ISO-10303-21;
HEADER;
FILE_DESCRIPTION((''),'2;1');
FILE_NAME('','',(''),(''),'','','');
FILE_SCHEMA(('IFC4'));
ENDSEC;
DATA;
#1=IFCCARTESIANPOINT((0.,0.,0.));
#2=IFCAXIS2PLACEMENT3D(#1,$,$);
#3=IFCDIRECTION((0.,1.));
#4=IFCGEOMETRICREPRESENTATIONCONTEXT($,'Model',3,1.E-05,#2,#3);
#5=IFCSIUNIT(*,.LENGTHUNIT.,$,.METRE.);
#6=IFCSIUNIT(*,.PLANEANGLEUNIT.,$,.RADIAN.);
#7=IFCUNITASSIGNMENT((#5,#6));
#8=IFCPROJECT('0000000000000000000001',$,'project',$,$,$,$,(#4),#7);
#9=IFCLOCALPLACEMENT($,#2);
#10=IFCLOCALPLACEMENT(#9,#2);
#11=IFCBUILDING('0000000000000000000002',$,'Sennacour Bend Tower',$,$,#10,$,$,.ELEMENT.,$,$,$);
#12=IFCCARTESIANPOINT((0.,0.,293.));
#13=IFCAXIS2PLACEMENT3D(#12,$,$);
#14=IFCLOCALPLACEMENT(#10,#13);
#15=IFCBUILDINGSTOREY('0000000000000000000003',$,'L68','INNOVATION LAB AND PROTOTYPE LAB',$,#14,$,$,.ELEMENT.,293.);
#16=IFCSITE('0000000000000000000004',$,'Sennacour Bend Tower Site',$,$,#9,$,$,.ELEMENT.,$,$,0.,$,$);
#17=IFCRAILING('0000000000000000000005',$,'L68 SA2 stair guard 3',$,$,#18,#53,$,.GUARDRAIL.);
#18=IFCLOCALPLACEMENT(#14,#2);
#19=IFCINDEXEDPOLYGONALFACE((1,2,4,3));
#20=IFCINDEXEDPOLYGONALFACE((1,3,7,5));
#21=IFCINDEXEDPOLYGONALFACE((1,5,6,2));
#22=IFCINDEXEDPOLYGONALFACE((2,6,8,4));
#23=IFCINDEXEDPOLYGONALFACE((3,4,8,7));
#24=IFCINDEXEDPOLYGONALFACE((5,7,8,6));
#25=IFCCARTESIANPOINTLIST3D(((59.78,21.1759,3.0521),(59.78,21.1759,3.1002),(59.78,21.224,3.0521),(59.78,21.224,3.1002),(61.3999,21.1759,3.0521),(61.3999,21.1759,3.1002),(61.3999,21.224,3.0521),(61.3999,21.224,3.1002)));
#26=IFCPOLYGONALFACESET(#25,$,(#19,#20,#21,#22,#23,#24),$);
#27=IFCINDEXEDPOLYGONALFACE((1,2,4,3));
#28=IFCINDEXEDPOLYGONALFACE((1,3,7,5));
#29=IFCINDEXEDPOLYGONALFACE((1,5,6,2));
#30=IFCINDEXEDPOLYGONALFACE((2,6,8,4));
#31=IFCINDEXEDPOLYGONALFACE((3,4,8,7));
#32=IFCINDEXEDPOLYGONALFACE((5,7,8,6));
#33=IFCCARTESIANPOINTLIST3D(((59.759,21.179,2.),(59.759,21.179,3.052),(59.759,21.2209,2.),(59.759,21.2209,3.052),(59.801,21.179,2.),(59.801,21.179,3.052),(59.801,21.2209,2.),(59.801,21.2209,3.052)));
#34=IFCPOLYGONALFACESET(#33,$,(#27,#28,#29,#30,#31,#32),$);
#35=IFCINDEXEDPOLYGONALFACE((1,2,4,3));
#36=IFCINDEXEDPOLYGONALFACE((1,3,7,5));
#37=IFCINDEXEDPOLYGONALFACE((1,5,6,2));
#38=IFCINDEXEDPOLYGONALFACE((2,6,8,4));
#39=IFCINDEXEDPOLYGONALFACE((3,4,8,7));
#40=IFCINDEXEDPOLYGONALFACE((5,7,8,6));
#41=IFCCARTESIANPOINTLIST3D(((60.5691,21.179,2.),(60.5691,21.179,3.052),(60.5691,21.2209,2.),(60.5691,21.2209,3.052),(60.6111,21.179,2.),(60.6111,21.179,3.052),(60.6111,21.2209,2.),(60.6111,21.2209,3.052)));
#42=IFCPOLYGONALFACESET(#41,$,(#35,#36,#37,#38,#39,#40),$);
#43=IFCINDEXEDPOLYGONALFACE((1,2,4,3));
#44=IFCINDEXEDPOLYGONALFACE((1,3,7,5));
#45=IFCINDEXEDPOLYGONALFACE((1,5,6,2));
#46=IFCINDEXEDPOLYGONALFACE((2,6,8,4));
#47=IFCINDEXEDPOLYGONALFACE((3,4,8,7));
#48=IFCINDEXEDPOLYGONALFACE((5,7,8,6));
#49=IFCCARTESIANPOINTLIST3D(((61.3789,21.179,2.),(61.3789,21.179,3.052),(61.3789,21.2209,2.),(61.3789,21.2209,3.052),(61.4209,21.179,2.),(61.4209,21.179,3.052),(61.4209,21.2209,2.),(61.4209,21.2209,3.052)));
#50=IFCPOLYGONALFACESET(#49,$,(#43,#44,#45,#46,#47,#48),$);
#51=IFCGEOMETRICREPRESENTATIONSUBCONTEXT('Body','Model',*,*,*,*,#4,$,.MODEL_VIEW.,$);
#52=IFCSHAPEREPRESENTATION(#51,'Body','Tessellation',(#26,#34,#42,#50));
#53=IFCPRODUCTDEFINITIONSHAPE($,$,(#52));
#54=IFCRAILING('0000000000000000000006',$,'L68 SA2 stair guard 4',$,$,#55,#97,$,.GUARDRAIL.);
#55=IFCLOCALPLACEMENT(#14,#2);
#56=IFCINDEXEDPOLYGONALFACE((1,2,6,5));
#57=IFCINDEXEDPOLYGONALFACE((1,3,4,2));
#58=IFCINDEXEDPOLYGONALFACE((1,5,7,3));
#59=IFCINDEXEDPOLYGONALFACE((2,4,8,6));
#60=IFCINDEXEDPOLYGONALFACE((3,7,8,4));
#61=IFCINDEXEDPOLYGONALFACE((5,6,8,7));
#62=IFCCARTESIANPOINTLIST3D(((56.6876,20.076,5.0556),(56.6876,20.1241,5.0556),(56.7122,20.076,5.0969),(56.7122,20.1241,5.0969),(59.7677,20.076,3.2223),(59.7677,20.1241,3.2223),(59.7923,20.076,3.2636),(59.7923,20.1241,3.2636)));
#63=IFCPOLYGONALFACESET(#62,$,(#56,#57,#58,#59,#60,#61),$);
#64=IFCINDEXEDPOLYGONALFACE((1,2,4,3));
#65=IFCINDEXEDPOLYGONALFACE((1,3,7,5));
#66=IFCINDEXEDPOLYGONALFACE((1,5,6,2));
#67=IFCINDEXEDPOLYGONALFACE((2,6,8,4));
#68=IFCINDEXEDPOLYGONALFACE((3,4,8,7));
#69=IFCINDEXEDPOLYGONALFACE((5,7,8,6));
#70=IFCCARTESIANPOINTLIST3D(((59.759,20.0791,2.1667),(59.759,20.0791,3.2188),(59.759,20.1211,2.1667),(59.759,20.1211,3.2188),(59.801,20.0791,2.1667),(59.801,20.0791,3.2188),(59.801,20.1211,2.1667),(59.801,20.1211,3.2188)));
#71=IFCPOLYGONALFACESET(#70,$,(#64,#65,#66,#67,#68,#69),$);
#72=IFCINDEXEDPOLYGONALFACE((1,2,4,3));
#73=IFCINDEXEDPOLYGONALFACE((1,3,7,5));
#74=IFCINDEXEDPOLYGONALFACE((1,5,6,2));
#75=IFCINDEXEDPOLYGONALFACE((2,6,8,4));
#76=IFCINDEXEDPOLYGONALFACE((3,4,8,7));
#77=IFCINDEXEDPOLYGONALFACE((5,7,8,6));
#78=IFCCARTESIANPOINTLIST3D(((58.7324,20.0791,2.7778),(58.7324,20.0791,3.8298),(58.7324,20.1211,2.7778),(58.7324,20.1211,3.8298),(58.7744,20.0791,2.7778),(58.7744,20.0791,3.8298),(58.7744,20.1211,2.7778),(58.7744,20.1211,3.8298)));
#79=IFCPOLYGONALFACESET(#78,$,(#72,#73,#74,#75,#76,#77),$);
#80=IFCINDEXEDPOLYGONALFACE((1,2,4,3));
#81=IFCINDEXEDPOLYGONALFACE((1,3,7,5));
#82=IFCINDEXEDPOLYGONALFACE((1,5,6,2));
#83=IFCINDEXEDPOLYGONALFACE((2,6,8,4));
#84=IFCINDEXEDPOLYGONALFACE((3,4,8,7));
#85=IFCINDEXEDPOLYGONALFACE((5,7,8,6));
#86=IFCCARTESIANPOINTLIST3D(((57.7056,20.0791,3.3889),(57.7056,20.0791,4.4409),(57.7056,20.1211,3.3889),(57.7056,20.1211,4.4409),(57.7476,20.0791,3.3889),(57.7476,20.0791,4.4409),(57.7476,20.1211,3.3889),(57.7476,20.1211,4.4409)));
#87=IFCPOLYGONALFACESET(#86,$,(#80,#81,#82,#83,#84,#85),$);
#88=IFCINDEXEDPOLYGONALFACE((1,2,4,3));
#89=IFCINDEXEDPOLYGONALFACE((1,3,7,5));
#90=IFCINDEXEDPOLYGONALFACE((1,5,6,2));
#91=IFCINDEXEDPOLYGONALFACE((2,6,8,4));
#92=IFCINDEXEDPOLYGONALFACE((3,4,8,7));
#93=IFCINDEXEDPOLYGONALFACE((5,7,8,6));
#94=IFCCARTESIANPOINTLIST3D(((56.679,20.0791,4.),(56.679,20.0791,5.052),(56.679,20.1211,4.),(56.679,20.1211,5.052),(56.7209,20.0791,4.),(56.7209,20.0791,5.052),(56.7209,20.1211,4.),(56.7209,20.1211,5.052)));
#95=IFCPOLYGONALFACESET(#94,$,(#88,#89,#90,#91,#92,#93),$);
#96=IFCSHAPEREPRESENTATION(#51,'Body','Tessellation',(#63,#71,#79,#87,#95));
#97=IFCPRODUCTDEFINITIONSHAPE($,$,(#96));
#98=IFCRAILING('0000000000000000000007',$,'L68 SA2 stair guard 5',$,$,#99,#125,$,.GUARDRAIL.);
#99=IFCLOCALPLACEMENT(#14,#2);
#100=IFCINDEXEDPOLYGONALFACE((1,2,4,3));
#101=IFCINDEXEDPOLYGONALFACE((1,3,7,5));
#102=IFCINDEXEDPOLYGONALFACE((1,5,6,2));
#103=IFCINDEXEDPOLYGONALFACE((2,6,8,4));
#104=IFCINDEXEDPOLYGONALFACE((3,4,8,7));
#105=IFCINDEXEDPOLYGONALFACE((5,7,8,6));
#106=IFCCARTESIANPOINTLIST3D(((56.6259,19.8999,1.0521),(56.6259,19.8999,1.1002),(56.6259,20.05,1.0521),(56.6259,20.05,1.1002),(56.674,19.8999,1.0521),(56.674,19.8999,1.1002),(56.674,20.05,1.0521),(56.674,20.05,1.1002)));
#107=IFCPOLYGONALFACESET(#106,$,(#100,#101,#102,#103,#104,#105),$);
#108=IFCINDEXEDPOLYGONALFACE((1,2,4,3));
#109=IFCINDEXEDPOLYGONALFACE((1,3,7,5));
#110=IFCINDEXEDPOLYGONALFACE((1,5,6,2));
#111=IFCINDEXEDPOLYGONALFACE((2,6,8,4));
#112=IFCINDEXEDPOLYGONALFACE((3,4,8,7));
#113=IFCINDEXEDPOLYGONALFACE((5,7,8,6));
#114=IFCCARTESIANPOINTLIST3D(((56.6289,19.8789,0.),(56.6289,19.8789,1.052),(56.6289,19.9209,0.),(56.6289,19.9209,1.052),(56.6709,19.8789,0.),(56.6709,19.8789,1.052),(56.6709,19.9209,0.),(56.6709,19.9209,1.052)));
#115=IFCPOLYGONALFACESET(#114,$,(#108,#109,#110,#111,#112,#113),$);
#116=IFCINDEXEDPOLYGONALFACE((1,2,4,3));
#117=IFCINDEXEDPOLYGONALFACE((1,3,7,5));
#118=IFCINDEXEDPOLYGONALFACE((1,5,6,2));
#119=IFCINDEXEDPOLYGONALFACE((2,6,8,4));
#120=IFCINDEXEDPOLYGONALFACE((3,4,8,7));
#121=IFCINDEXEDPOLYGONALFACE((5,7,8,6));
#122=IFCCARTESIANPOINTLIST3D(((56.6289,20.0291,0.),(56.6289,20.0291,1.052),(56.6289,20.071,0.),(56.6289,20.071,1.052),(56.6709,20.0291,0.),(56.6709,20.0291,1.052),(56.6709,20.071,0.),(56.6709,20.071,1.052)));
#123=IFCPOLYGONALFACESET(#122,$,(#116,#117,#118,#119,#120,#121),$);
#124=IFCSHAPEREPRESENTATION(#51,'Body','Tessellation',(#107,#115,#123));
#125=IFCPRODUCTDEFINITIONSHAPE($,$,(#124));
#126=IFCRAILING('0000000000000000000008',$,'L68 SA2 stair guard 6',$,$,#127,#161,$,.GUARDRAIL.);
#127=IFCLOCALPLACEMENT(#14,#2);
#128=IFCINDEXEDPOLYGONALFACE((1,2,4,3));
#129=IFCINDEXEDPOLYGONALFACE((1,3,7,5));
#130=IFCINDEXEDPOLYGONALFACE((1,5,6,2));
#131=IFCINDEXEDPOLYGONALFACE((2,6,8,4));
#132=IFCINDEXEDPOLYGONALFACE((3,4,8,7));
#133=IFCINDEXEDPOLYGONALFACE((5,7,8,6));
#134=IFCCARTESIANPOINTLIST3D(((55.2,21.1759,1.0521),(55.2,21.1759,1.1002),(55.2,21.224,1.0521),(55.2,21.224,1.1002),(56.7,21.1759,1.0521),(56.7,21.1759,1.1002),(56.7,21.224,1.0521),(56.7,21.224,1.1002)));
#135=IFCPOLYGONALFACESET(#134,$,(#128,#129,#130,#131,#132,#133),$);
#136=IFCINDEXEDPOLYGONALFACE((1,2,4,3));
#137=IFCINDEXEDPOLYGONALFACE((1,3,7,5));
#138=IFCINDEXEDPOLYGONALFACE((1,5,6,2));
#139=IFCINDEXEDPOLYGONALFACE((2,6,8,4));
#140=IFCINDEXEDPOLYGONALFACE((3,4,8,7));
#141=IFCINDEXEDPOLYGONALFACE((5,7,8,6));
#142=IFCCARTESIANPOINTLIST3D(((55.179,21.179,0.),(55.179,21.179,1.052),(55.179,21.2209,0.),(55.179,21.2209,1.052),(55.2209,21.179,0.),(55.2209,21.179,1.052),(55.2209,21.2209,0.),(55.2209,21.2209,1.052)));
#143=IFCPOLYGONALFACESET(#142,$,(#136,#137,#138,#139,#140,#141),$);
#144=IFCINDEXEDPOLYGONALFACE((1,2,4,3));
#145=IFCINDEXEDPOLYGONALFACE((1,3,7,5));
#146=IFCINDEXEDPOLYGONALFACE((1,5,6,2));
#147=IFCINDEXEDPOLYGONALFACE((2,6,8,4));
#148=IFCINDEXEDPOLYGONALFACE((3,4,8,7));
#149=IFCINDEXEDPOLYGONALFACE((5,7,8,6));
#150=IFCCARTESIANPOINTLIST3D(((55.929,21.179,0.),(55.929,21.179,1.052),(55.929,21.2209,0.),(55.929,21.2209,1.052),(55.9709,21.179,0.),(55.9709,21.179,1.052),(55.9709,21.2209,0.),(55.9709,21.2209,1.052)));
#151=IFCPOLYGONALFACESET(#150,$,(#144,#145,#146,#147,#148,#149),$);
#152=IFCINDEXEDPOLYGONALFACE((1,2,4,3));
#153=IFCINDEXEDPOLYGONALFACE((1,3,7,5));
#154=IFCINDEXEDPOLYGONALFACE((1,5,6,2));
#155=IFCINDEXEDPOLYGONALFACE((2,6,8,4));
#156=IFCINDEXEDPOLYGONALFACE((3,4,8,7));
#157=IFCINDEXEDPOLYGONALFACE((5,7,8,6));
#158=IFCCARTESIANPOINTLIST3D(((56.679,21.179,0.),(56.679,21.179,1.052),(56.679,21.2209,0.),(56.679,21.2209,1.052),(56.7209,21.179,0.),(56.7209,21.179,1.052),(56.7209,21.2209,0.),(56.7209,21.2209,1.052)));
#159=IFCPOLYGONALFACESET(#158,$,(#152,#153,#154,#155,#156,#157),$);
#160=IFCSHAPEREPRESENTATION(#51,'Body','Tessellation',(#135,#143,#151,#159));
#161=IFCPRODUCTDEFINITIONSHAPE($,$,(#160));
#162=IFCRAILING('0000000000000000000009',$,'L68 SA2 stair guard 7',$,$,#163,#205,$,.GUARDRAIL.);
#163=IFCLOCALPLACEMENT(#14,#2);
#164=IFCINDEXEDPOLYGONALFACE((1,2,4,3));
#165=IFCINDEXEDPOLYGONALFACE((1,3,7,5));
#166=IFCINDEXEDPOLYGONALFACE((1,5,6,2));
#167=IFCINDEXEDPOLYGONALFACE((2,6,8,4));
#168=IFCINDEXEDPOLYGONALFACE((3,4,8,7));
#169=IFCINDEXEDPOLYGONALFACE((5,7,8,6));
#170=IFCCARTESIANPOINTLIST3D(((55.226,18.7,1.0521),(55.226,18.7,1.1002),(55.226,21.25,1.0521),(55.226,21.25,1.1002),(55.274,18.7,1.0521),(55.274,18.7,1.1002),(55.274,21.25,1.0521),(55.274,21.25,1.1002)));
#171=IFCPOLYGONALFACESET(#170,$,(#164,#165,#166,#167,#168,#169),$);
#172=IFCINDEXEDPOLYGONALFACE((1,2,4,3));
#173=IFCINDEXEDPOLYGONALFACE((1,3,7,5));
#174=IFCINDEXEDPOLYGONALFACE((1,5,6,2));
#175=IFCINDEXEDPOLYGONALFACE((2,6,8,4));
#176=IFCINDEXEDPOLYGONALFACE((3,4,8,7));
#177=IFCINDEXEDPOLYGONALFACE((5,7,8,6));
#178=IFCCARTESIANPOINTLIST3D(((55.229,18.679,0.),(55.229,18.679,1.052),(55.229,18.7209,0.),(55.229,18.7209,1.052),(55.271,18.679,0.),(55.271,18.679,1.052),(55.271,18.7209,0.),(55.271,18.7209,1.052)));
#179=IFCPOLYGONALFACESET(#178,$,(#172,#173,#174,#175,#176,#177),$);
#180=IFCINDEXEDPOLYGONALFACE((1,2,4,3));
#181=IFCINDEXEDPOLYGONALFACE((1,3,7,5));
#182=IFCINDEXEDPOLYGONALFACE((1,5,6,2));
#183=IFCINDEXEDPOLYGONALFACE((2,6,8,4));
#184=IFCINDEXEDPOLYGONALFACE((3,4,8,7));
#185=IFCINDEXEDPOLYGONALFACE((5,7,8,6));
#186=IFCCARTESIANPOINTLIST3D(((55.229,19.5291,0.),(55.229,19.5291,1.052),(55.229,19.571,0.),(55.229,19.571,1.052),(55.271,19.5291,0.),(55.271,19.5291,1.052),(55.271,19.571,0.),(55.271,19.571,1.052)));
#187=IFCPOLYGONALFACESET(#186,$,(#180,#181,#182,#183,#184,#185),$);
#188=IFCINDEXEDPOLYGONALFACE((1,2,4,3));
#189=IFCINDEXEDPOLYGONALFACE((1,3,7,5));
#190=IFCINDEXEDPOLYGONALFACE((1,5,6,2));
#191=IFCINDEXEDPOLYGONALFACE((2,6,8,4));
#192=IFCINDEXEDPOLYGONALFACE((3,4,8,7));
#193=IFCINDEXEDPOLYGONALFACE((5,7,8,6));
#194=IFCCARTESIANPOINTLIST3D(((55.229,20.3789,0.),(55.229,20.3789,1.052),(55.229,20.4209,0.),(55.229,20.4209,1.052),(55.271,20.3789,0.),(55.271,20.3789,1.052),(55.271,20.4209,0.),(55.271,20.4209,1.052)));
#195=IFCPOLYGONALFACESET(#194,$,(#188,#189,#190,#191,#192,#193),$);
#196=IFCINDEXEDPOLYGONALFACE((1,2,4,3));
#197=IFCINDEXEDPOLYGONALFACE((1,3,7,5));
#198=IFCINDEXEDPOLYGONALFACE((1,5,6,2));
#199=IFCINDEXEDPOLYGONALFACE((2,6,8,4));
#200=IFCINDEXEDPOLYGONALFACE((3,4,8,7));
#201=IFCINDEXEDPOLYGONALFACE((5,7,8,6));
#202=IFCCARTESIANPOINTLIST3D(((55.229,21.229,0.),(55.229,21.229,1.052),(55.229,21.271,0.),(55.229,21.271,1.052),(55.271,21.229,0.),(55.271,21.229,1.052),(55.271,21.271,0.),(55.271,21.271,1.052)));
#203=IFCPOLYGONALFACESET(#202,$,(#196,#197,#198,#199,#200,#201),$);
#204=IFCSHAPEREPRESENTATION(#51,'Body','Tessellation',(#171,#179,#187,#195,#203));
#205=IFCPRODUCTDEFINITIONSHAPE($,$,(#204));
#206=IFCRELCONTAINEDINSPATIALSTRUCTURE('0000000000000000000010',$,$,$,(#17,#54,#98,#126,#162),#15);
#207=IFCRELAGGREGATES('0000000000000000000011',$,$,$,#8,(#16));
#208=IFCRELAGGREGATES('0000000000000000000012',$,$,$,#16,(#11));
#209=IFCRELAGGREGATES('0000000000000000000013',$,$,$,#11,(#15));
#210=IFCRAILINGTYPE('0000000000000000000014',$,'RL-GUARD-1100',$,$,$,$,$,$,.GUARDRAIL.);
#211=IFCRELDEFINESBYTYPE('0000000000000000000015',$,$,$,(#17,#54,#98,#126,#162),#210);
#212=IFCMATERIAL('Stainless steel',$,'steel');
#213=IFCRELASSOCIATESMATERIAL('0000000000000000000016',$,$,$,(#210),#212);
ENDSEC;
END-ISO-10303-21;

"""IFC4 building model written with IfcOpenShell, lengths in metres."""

from ifc_helpers import new_model, si_unit, direction, frame, origin, origin_2d, place, context, subcontext, project, spatial, rectangle, extrude, material, type_object, element, save


model = new_model("IFC4")

# Units and contexts
model_context = context("Model", 3, precision=1e-05, world=origin(), true_north=direction((0.0, 1.0)))
body_context = subcontext(model_context, "Body", "Model", "MODEL_VIEW")
ifc_project = project(units=[si_unit("LENGTHUNIT", "METRE"), si_unit("PLANEANGLEUNIT", "RADIAN")], contexts=[model_context])

# Site, building, storey
site_placement = place(None, origin())
site = spatial("IfcSite", under=ifc_project, at=site_placement, Name="Sennacour Bend Tower Site", CompositionType="ELEMENT", RefElevation=0.0)
building_placement = place(site_placement, origin())
building = spatial("IfcBuilding", under=site, at=building_placement, Name="Sennacour Bend Tower", CompositionType="ELEMENT")
storey_placement = place(building_placement, frame((0.0, 0.0, 293.0)))
storey = spatial("IfcBuildingStorey", under=building, at=storey_placement, Name="L68", Description="INNOVATION LAB AND PROTOTYPE LAB", CompositionType="ELEMENT", Elevation=293.0)

# Railings
ifc_material_1 = material(Name="Stainless steel", Category="steel")
railing_type_1 = type_object("IfcRailingType", Name="RL-GUARD-1100", PredefinedType="GUARDRAIL", material=ifc_material_1)
railing_1_placement = place(storey_placement, frame((59.78, 21.2, 2.0)))
element("IfcRailing", 1, at=railing_1_placement, inside=storey, type_object=railing_type_1, Name="L68 SA2 stair guard 3", PredefinedType="GUARDRAIL", context=body_context, shape_type="SweptSolid", body=[
    extrude(rectangle(XDim=0.0481, YDim=0.0481, at=origin_2d()), frame((0.0, 0.0, 1.0762), z_axis=(1.0, 0.0, 0.0), x_axis=(0.0, 1.0, 0.0)), (0.0, 0.0, 1.0), 1.6199),
    extrude(rectangle(XDim=0.042, YDim=0.042, at=origin_2d()), origin(), (0.0, 0.0, 1.0), 1.052),
    extrude(rectangle(XDim=0.042, YDim=0.042, at=origin_2d()), frame((0.8101, 0.0, 0.0)), (0.0, 0.0, 1.0), 1.052),
    extrude(rectangle(XDim=0.042, YDim=0.042, at=origin_2d()), frame((1.6199, 0.0, 0.0)), (0.0, 0.0, 1.0), 1.052),
])
railing_2_placement = place(storey_placement, frame((59.78, 20.1001, 2.1667)))
element("IfcRailing", 2, at=railing_2_placement, inside=storey, type_object=railing_type_1, Name="L68 SA2 stair guard 4", PredefinedType="GUARDRAIL", context=body_context, shape_type="SweptSolid", body=[
    extrude(rectangle(XDim=0.0481, YDim=0.0481, at=origin_2d()), frame((0.0, 0.0, 1.0762), z_axis=(-0.859309, 0.0, 0.511458), x_axis=(0.0, -1.0, 0.0)), (0.0, 0.0, 1.0), 3.5845),
    extrude(rectangle(XDim=0.042, YDim=0.042, at=origin_2d()), origin(), (0.0, 0.0, 1.0), 1.052),
    extrude(rectangle(XDim=0.042, YDim=0.042, at=origin_2d()), frame((-1.0266, 0.0, 0.6111)), (0.0, 0.0, 1.0), 1.052),
    extrude(rectangle(XDim=0.042, YDim=0.042, at=origin_2d()), frame((-2.0535, 0.0, 1.2222)), (0.0, 0.0, 1.0), 1.052),
    extrude(rectangle(XDim=0.042, YDim=0.042, at=origin_2d()), frame((-3.0801, 0.0, 1.8333)), (0.0, 0.0, 1.0), 1.052),
])
railing_3_placement = place(storey_placement, frame((56.6499, 19.8999, 0.0)))
element("IfcRailing", 3, at=railing_3_placement, inside=storey, type_object=railing_type_1, Name="L68 SA2 stair guard 5", PredefinedType="GUARDRAIL", context=body_context, shape_type="SweptSolid", body=[
    extrude(rectangle(XDim=0.0481, YDim=0.0481, at=origin_2d()), frame((0.0, 0.0, 1.0762), z_axis=(0.0, 1.0, 0.0), x_axis=(-1.0, 0.0, 0.0)), (0.0, 0.0, 1.0), 0.1501),
    extrude(rectangle(XDim=0.042, YDim=0.042, at=origin_2d()), origin(), (0.0, 0.0, 1.0), 1.052),
    extrude(rectangle(XDim=0.042, YDim=0.042, at=origin_2d()), frame((0.0, 0.1501, 0.0)), (0.0, 0.0, 1.0), 1.052),
])
railing_4_placement = place(storey_placement, frame((55.2, 21.2, 0.0)))
element("IfcRailing", 4, at=railing_4_placement, inside=storey, type_object=railing_type_1, Name="L68 SA2 stair guard 6", PredefinedType="GUARDRAIL", context=body_context, shape_type="SweptSolid", body=[
    extrude(rectangle(XDim=0.0481, YDim=0.0481, at=origin_2d()), frame((0.0, 0.0, 1.0762), z_axis=(1.0, 0.0, 0.0), x_axis=(0.0, 1.0, 0.0)), (0.0, 0.0, 1.0), 1.5),
    extrude(rectangle(XDim=0.042, YDim=0.042, at=origin_2d()), origin(), (0.0, 0.0, 1.0), 1.052),
    extrude(rectangle(XDim=0.042, YDim=0.042, at=origin_2d()), frame((0.75, 0.0, 0.0)), (0.0, 0.0, 1.0), 1.052),
    extrude(rectangle(XDim=0.042, YDim=0.042, at=origin_2d()), frame((1.5, 0.0, 0.0)), (0.0, 0.0, 1.0), 1.052),
])
railing_5_placement = place(storey_placement, frame((55.25, 18.7, 0.0)))
element("IfcRailing", 5, at=railing_5_placement, inside=storey, type_object=railing_type_1, Name="L68 SA2 stair guard 7", PredefinedType="GUARDRAIL", context=body_context, shape_type="SweptSolid", body=[
    extrude(rectangle(XDim=0.0481, YDim=0.0481, at=origin_2d()), frame((0.0, 0.0, 1.0762), z_axis=(0.0, 1.0, 0.0), x_axis=(-1.0, 0.0, 0.0)), (0.0, 0.0, 1.0), 2.55),
    extrude(rectangle(XDim=0.042, YDim=0.042, at=origin_2d()), origin(), (0.0, 0.0, 1.0), 1.052),
    extrude(rectangle(XDim=0.042, YDim=0.042, at=origin_2d()), frame((0.0, 0.8501, 0.0)), (0.0, 0.0, 1.0), 1.052),
    extrude(rectangle(XDim=0.042, YDim=0.042, at=origin_2d()), frame((0.0, 1.7, 0.0)), (0.0, 0.0, 1.0), 1.052),
    extrude(rectangle(XDim=0.042, YDim=0.042, at=origin_2d()), frame((0.0, 2.55, 0.0)), (0.0, 0.0, 1.0), 1.052),
])

save(model, "model.ifc")
